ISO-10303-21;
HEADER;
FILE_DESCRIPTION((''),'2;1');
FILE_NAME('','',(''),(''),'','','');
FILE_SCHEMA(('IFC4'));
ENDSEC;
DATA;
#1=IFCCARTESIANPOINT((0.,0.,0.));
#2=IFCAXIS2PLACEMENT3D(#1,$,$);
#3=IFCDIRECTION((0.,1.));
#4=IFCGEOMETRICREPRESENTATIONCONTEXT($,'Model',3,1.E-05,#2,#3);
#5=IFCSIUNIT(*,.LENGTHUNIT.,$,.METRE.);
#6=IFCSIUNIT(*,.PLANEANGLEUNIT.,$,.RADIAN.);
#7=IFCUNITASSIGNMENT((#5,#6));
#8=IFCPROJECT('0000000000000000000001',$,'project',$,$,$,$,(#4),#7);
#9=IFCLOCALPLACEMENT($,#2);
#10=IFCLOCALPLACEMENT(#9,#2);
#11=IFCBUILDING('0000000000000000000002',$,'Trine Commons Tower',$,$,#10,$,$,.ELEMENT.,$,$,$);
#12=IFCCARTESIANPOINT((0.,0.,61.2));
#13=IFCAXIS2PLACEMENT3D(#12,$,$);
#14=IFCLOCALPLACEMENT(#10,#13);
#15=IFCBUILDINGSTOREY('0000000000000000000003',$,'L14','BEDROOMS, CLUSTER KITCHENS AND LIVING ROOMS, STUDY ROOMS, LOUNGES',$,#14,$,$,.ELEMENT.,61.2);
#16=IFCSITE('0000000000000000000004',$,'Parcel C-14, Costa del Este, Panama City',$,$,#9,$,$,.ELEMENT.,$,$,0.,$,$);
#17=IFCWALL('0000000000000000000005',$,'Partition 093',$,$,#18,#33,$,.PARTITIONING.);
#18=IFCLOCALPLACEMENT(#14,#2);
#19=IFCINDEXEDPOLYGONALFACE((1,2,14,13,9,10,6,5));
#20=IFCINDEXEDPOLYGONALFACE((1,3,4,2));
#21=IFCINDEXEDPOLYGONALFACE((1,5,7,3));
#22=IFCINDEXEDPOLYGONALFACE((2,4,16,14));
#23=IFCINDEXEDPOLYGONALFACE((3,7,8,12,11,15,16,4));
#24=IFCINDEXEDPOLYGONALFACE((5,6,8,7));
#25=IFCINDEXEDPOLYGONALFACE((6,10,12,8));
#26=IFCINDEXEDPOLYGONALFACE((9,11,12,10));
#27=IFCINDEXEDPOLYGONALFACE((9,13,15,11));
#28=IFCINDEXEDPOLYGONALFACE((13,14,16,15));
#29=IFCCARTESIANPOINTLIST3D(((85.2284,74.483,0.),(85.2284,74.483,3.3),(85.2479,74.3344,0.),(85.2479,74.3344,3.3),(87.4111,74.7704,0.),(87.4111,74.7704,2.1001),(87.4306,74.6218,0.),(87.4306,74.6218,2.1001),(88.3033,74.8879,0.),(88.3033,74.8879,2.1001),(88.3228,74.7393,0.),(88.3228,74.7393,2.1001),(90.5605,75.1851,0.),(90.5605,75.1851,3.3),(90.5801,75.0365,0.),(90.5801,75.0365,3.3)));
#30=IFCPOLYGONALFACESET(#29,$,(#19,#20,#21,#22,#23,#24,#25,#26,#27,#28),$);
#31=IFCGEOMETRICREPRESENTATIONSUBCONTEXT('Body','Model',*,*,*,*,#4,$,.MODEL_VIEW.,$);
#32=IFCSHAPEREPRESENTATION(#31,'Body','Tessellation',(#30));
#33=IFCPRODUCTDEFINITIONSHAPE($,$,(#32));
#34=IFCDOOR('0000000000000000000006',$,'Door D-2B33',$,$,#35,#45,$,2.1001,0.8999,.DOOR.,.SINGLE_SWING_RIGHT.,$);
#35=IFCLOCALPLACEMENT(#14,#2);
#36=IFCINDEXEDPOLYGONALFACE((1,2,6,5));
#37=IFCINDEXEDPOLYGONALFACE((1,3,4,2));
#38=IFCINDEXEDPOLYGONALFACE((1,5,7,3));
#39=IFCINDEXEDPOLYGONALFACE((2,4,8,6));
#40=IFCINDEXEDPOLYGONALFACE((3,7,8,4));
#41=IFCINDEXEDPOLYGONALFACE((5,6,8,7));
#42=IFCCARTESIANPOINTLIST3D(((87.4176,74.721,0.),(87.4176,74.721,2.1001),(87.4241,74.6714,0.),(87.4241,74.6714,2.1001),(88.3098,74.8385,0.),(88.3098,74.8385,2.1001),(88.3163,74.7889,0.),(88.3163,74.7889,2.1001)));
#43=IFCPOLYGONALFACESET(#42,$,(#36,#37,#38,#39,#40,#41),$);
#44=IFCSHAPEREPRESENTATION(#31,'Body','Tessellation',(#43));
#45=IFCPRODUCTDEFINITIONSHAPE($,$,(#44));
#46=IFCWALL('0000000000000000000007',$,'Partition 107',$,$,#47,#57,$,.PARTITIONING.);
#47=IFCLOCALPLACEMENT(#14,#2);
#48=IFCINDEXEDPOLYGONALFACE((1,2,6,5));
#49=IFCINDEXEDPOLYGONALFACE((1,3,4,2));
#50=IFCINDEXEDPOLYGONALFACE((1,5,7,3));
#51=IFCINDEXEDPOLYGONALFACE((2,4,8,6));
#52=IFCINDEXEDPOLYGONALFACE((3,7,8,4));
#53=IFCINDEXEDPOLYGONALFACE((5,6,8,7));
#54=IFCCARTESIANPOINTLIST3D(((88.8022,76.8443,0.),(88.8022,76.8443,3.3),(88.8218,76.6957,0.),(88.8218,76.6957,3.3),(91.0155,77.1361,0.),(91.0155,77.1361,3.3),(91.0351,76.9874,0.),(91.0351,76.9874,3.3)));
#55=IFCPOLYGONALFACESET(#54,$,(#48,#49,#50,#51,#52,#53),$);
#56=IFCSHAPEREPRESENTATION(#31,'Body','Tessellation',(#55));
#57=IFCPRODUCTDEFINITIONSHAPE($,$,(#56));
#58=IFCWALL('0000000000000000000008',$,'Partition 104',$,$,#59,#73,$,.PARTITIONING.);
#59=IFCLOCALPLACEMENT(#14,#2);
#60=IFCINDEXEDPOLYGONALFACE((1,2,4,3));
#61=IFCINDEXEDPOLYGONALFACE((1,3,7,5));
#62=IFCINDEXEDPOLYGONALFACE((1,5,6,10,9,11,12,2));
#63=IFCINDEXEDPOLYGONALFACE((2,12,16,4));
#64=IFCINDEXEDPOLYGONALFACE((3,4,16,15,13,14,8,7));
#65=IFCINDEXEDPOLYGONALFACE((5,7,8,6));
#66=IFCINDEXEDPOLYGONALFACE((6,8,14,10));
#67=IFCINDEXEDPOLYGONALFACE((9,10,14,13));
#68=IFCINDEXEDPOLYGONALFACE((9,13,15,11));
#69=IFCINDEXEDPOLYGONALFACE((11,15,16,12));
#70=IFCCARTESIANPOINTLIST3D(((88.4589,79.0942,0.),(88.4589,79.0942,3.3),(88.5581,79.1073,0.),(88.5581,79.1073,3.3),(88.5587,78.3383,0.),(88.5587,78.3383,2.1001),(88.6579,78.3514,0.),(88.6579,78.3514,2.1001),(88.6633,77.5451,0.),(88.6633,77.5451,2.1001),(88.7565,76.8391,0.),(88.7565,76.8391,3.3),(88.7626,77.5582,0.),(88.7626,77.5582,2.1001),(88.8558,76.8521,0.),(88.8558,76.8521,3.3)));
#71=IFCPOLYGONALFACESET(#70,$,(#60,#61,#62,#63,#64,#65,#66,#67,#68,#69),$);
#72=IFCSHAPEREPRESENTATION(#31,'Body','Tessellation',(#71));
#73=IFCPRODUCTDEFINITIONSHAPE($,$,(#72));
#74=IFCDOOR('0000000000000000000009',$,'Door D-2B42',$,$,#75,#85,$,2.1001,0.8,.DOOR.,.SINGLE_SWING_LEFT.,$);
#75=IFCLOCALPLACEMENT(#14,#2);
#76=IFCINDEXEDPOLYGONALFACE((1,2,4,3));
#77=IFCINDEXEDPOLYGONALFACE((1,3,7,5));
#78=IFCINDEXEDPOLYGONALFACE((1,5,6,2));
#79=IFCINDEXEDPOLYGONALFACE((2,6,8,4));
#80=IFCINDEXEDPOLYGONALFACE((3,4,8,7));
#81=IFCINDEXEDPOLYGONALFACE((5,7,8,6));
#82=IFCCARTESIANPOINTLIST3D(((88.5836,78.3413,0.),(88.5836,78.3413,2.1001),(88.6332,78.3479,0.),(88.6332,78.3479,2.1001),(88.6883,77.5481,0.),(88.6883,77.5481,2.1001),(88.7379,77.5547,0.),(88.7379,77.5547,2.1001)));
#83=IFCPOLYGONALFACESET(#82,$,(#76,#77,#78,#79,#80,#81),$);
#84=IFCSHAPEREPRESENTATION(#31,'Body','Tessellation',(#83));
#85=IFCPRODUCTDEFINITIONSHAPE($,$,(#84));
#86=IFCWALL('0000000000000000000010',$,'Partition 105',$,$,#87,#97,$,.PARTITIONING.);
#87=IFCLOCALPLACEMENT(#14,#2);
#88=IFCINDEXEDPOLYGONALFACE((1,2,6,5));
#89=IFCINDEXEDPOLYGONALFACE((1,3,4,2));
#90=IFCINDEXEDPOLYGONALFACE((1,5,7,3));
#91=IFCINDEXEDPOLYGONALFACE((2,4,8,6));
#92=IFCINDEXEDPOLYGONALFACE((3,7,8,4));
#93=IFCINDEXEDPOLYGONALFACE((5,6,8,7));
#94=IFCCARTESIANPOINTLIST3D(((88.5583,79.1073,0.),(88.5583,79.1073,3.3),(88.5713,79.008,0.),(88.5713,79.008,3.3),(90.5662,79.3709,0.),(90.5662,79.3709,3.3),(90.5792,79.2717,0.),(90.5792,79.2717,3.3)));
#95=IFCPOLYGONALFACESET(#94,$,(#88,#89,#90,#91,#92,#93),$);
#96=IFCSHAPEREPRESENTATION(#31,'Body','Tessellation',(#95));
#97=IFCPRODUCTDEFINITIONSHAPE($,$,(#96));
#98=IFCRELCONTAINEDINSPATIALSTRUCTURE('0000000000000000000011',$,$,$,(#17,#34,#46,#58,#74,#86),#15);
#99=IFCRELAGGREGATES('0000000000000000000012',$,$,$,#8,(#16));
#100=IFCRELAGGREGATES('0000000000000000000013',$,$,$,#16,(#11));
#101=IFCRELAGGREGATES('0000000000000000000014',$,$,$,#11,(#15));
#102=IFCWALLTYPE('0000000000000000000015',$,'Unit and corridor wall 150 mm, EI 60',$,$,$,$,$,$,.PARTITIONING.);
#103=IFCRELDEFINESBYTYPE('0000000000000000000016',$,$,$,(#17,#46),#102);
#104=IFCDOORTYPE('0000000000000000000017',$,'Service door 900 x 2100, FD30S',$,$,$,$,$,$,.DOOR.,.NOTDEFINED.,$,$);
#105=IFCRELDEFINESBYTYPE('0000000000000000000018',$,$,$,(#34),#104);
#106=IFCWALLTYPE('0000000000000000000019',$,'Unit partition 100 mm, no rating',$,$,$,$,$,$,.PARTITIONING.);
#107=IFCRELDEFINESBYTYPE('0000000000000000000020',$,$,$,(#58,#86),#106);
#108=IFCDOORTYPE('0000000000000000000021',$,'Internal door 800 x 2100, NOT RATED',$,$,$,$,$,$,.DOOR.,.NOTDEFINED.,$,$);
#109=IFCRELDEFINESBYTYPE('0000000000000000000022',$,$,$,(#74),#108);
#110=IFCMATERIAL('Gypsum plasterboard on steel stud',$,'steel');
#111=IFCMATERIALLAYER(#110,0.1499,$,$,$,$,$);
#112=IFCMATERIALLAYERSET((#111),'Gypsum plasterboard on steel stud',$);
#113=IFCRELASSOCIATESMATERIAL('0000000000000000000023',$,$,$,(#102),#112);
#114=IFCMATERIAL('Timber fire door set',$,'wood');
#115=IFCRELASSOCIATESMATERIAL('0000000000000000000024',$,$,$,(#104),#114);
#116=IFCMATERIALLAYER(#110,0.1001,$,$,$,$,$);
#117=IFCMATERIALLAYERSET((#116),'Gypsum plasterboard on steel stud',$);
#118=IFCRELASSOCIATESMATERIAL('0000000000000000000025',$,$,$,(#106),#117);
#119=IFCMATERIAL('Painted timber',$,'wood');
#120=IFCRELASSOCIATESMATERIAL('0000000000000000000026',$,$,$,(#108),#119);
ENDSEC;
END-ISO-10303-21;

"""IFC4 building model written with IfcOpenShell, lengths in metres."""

from ifc_helpers import new_model, si_unit, direction, frame, frame_2d, origin, place, context, subcontext, project, spatial, rectangle, extrude, material, layer, layer_set, type_object, element, fill, save


model = new_model("IFC4")

# Units and contexts
model_context = context("Model", 3, precision=1e-05, world=origin(), true_north=direction((0.0, 1.0)))
body_context = subcontext(model_context, "Body", "Model", "MODEL_VIEW")
ifc_project = project(units=[si_unit("LENGTHUNIT", "METRE"), si_unit("PLANEANGLEUNIT", "RADIAN")], contexts=[model_context])

# Site, building, storey
site_placement = place(None, origin())
site = spatial("IfcSite", under=ifc_project, at=site_placement, Name="Parcel C-14, Costa del Este, Panama City", CompositionType="ELEMENT", RefElevation=0.0)
building_placement = place(site_placement, origin())
building = spatial("IfcBuilding", under=site, at=building_placement, Name="Trine Commons Tower", CompositionType="ELEMENT")
storey_placement = place(building_placement, frame((0.0, 0.0, 61.2)))
storey = spatial("IfcBuildingStorey", under=building, at=storey_placement, Name="L14", Description="BEDROOMS, CLUSTER KITCHENS AND LIVING ROOMS, STUDY ROOMS, LOUNGES", CompositionType="ELEMENT", Elevation=61.2)

# Shared definitions
ifc_material_1 = material(Name="Gypsum plasterboard on steel stud", Category="steel")
ifc_layer_1 = layer(ifc_material_1, 0.1499)
ifc_layer_set_1 = layer_set([ifc_layer_1], Name="Gypsum plasterboard on steel stud")
wall_type_1 = type_object("IfcWallType", Name="Unit and corridor wall 150 mm, EI 60", PredefinedType="PARTITIONING", material=ifc_layer_set_1)

# Shared definitions
ifc_material_2 = material(Name="Painted timber", Category="wood")
ifc_material_3 = material(Name="Timber fire door set", Category="wood")

# Wall, opening, door
wall_1_placement = place(storey_placement, frame((85.2383, 74.4087, 0.0), z_axis=(0.0, 0.0, 1.0), x_axis=(0.991441, 0.130558, 0.0)))
wall_1 = element("IfcWall", 1, at=wall_1_placement, inside=storey, type_object=wall_type_1, Name="Partition 093", PredefinedType="PARTITIONING", context=body_context, shape_type="SweptSolid", body=[
    extrude(rectangle(XDim=5.3782, YDim=0.1499, at=frame_2d((2.689, 0.0))), origin(), (0.0, 0.0, 1.0), 3.3),
])
opening_1_placement = place(wall_1_placement, frame((2.2014, 0.0, 0.0)))
opening_1 = element("IfcOpeningElement", 2, at=opening_1_placement, cuts=wall_1, PredefinedType="OPENING", context=body_context, shape_type="SweptSolid", body=[
    extrude(rectangle(XDim=0.8999, YDim=2.1001, at=frame_2d((0.45, 1.05))), frame((0.0, 0.085, 0.0), z_axis=(0.0, -1.0, 0.0), x_axis=(1.0, 0.0, 0.0)), (0.0, 0.0, 1.0), 0.1699),
])
door_type_1 = type_object("IfcDoorType", Name="Service door 900 x 2100, FD30S", OperationType="NOTDEFINED", PredefinedType="DOOR", material=ifc_material_3)
door_1_placement = place(opening_1_placement, frame((0.8999, 0.0, 0.0), z_axis=(0.0, 0.0, 1.0), x_axis=(-1.0, 0.0, 0.0)))
door_1 = element("IfcDoor", 3, at=door_1_placement, inside=storey, type_object=door_type_1, Name="Door D-2B33", OperationType="SINGLE_SWING_RIGHT", OverallHeight=2.1001, OverallWidth=0.8999, PredefinedType="DOOR", context=body_context, shape_type="SweptSolid", body=[
    extrude(rectangle(XDim=0.8999, YDim=2.1001, at=frame_2d((0.45, 1.05))), frame((0.0, 0.0249, 0.0), z_axis=(0.0, -1.0, 0.0), x_axis=(1.0, 0.0, 0.0)), (0.0, 0.0, 1.0), 0.05),
])
fill(opening_1, door_1)

# Wall
wall_2_placement = place(storey_placement, frame((88.812, 76.77, 0.0), z_axis=(0.0, 0.0, 1.0), x_axis=(0.991424, 0.130681, 0.0)))
element("IfcWall", 4, at=wall_2_placement, inside=storey, type_object=wall_type_1, Name="Partition 107", PredefinedType="PARTITIONING", context=body_context, shape_type="SweptSolid", body=[
    extrude(rectangle(XDim=2.2324, YDim=0.1499, at=frame_2d((1.1162, 0.0))), origin(), (0.0, 0.0, 1.0), 3.3),
])

# Wall, opening, door
ifc_layer_2 = layer(ifc_material_1, 0.1001)
ifc_layer_set_2 = layer_set([ifc_layer_2], Name="Gypsum plasterboard on steel stud")
wall_type_2 = type_object("IfcWallType", Name="Unit partition 100 mm, no rating", PredefinedType="PARTITIONING", material=ifc_layer_set_2)
wall_3_placement = place(storey_placement, frame((88.5085, 79.1006, 0.0), z_axis=(0.0, 0.0, 1.0), x_axis=(0.130835, -0.991404, 0.0)))
wall_3 = element("IfcWall", 5, at=wall_3_placement, inside=storey, type_object=wall_type_2, Name="Partition 104", PredefinedType="PARTITIONING", context=body_context, shape_type="SweptSolid", body=[
    extrude(rectangle(XDim=2.2747, YDim=0.1001, at=frame_2d((1.1372, 0.0))), origin(), (0.0, 0.0, 1.0), 3.3),
])
opening_2_placement = place(wall_3_placement, frame((0.7625, 0.0, 0.0)))
opening_2 = element("IfcOpeningElement", 6, at=opening_2_placement, cuts=wall_3, PredefinedType="OPENING", context=body_context, shape_type="SweptSolid", body=[
    extrude(rectangle(XDim=0.8, YDim=2.1001, at=frame_2d((0.3999, 1.05))), frame((0.0, 0.0601, 0.0), z_axis=(0.0, -1.0, 0.0), x_axis=(1.0, 0.0, 0.0)), (0.0, 0.0, 1.0), 0.1201),
])
door_type_2 = type_object("IfcDoorType", Name="Internal door 800 x 2100, NOT RATED", OperationType="NOTDEFINED", PredefinedType="DOOR", material=ifc_material_2)
door_2_placement = place(opening_2_placement, frame((0.8, 0.0, 0.0), z_axis=(0.0, 0.0, 1.0), x_axis=(-1.0, 0.0, 0.0)))
door_2 = element("IfcDoor", 7, at=door_2_placement, inside=storey, type_object=door_type_2, Name="Door D-2B42", OperationType="SINGLE_SWING_LEFT", OverallHeight=2.1001, OverallWidth=0.8, PredefinedType="DOOR", context=body_context, shape_type="SweptSolid", body=[
    extrude(rectangle(XDim=0.8, YDim=2.1001, at=frame_2d((0.3999, 1.05))), frame((0.0, 0.0249, 0.0), z_axis=(0.0, -1.0, 0.0), x_axis=(1.0, 0.0, 0.0)), (0.0, 0.0, 1.0), 0.05),
])
fill(opening_2, door_2)

# Wall
wall_4_placement = place(storey_placement, frame((88.5647, 79.0576, 0.0), z_axis=(0.0, 0.0, 1.0), x_axis=(0.991487, 0.130205, 0.0)))
element("IfcWall", 8, at=wall_4_placement, inside=storey, type_object=wall_type_2, Name="Partition 105", PredefinedType="PARTITIONING", context=body_context, shape_type="SweptSolid", body=[
    extrude(rectangle(XDim=2.0251, YDim=0.1001, at=frame_2d((1.0127, 0.0))), origin(), (0.0, 0.0, 1.0), 3.3),
])

save(model, "model.ifc")
